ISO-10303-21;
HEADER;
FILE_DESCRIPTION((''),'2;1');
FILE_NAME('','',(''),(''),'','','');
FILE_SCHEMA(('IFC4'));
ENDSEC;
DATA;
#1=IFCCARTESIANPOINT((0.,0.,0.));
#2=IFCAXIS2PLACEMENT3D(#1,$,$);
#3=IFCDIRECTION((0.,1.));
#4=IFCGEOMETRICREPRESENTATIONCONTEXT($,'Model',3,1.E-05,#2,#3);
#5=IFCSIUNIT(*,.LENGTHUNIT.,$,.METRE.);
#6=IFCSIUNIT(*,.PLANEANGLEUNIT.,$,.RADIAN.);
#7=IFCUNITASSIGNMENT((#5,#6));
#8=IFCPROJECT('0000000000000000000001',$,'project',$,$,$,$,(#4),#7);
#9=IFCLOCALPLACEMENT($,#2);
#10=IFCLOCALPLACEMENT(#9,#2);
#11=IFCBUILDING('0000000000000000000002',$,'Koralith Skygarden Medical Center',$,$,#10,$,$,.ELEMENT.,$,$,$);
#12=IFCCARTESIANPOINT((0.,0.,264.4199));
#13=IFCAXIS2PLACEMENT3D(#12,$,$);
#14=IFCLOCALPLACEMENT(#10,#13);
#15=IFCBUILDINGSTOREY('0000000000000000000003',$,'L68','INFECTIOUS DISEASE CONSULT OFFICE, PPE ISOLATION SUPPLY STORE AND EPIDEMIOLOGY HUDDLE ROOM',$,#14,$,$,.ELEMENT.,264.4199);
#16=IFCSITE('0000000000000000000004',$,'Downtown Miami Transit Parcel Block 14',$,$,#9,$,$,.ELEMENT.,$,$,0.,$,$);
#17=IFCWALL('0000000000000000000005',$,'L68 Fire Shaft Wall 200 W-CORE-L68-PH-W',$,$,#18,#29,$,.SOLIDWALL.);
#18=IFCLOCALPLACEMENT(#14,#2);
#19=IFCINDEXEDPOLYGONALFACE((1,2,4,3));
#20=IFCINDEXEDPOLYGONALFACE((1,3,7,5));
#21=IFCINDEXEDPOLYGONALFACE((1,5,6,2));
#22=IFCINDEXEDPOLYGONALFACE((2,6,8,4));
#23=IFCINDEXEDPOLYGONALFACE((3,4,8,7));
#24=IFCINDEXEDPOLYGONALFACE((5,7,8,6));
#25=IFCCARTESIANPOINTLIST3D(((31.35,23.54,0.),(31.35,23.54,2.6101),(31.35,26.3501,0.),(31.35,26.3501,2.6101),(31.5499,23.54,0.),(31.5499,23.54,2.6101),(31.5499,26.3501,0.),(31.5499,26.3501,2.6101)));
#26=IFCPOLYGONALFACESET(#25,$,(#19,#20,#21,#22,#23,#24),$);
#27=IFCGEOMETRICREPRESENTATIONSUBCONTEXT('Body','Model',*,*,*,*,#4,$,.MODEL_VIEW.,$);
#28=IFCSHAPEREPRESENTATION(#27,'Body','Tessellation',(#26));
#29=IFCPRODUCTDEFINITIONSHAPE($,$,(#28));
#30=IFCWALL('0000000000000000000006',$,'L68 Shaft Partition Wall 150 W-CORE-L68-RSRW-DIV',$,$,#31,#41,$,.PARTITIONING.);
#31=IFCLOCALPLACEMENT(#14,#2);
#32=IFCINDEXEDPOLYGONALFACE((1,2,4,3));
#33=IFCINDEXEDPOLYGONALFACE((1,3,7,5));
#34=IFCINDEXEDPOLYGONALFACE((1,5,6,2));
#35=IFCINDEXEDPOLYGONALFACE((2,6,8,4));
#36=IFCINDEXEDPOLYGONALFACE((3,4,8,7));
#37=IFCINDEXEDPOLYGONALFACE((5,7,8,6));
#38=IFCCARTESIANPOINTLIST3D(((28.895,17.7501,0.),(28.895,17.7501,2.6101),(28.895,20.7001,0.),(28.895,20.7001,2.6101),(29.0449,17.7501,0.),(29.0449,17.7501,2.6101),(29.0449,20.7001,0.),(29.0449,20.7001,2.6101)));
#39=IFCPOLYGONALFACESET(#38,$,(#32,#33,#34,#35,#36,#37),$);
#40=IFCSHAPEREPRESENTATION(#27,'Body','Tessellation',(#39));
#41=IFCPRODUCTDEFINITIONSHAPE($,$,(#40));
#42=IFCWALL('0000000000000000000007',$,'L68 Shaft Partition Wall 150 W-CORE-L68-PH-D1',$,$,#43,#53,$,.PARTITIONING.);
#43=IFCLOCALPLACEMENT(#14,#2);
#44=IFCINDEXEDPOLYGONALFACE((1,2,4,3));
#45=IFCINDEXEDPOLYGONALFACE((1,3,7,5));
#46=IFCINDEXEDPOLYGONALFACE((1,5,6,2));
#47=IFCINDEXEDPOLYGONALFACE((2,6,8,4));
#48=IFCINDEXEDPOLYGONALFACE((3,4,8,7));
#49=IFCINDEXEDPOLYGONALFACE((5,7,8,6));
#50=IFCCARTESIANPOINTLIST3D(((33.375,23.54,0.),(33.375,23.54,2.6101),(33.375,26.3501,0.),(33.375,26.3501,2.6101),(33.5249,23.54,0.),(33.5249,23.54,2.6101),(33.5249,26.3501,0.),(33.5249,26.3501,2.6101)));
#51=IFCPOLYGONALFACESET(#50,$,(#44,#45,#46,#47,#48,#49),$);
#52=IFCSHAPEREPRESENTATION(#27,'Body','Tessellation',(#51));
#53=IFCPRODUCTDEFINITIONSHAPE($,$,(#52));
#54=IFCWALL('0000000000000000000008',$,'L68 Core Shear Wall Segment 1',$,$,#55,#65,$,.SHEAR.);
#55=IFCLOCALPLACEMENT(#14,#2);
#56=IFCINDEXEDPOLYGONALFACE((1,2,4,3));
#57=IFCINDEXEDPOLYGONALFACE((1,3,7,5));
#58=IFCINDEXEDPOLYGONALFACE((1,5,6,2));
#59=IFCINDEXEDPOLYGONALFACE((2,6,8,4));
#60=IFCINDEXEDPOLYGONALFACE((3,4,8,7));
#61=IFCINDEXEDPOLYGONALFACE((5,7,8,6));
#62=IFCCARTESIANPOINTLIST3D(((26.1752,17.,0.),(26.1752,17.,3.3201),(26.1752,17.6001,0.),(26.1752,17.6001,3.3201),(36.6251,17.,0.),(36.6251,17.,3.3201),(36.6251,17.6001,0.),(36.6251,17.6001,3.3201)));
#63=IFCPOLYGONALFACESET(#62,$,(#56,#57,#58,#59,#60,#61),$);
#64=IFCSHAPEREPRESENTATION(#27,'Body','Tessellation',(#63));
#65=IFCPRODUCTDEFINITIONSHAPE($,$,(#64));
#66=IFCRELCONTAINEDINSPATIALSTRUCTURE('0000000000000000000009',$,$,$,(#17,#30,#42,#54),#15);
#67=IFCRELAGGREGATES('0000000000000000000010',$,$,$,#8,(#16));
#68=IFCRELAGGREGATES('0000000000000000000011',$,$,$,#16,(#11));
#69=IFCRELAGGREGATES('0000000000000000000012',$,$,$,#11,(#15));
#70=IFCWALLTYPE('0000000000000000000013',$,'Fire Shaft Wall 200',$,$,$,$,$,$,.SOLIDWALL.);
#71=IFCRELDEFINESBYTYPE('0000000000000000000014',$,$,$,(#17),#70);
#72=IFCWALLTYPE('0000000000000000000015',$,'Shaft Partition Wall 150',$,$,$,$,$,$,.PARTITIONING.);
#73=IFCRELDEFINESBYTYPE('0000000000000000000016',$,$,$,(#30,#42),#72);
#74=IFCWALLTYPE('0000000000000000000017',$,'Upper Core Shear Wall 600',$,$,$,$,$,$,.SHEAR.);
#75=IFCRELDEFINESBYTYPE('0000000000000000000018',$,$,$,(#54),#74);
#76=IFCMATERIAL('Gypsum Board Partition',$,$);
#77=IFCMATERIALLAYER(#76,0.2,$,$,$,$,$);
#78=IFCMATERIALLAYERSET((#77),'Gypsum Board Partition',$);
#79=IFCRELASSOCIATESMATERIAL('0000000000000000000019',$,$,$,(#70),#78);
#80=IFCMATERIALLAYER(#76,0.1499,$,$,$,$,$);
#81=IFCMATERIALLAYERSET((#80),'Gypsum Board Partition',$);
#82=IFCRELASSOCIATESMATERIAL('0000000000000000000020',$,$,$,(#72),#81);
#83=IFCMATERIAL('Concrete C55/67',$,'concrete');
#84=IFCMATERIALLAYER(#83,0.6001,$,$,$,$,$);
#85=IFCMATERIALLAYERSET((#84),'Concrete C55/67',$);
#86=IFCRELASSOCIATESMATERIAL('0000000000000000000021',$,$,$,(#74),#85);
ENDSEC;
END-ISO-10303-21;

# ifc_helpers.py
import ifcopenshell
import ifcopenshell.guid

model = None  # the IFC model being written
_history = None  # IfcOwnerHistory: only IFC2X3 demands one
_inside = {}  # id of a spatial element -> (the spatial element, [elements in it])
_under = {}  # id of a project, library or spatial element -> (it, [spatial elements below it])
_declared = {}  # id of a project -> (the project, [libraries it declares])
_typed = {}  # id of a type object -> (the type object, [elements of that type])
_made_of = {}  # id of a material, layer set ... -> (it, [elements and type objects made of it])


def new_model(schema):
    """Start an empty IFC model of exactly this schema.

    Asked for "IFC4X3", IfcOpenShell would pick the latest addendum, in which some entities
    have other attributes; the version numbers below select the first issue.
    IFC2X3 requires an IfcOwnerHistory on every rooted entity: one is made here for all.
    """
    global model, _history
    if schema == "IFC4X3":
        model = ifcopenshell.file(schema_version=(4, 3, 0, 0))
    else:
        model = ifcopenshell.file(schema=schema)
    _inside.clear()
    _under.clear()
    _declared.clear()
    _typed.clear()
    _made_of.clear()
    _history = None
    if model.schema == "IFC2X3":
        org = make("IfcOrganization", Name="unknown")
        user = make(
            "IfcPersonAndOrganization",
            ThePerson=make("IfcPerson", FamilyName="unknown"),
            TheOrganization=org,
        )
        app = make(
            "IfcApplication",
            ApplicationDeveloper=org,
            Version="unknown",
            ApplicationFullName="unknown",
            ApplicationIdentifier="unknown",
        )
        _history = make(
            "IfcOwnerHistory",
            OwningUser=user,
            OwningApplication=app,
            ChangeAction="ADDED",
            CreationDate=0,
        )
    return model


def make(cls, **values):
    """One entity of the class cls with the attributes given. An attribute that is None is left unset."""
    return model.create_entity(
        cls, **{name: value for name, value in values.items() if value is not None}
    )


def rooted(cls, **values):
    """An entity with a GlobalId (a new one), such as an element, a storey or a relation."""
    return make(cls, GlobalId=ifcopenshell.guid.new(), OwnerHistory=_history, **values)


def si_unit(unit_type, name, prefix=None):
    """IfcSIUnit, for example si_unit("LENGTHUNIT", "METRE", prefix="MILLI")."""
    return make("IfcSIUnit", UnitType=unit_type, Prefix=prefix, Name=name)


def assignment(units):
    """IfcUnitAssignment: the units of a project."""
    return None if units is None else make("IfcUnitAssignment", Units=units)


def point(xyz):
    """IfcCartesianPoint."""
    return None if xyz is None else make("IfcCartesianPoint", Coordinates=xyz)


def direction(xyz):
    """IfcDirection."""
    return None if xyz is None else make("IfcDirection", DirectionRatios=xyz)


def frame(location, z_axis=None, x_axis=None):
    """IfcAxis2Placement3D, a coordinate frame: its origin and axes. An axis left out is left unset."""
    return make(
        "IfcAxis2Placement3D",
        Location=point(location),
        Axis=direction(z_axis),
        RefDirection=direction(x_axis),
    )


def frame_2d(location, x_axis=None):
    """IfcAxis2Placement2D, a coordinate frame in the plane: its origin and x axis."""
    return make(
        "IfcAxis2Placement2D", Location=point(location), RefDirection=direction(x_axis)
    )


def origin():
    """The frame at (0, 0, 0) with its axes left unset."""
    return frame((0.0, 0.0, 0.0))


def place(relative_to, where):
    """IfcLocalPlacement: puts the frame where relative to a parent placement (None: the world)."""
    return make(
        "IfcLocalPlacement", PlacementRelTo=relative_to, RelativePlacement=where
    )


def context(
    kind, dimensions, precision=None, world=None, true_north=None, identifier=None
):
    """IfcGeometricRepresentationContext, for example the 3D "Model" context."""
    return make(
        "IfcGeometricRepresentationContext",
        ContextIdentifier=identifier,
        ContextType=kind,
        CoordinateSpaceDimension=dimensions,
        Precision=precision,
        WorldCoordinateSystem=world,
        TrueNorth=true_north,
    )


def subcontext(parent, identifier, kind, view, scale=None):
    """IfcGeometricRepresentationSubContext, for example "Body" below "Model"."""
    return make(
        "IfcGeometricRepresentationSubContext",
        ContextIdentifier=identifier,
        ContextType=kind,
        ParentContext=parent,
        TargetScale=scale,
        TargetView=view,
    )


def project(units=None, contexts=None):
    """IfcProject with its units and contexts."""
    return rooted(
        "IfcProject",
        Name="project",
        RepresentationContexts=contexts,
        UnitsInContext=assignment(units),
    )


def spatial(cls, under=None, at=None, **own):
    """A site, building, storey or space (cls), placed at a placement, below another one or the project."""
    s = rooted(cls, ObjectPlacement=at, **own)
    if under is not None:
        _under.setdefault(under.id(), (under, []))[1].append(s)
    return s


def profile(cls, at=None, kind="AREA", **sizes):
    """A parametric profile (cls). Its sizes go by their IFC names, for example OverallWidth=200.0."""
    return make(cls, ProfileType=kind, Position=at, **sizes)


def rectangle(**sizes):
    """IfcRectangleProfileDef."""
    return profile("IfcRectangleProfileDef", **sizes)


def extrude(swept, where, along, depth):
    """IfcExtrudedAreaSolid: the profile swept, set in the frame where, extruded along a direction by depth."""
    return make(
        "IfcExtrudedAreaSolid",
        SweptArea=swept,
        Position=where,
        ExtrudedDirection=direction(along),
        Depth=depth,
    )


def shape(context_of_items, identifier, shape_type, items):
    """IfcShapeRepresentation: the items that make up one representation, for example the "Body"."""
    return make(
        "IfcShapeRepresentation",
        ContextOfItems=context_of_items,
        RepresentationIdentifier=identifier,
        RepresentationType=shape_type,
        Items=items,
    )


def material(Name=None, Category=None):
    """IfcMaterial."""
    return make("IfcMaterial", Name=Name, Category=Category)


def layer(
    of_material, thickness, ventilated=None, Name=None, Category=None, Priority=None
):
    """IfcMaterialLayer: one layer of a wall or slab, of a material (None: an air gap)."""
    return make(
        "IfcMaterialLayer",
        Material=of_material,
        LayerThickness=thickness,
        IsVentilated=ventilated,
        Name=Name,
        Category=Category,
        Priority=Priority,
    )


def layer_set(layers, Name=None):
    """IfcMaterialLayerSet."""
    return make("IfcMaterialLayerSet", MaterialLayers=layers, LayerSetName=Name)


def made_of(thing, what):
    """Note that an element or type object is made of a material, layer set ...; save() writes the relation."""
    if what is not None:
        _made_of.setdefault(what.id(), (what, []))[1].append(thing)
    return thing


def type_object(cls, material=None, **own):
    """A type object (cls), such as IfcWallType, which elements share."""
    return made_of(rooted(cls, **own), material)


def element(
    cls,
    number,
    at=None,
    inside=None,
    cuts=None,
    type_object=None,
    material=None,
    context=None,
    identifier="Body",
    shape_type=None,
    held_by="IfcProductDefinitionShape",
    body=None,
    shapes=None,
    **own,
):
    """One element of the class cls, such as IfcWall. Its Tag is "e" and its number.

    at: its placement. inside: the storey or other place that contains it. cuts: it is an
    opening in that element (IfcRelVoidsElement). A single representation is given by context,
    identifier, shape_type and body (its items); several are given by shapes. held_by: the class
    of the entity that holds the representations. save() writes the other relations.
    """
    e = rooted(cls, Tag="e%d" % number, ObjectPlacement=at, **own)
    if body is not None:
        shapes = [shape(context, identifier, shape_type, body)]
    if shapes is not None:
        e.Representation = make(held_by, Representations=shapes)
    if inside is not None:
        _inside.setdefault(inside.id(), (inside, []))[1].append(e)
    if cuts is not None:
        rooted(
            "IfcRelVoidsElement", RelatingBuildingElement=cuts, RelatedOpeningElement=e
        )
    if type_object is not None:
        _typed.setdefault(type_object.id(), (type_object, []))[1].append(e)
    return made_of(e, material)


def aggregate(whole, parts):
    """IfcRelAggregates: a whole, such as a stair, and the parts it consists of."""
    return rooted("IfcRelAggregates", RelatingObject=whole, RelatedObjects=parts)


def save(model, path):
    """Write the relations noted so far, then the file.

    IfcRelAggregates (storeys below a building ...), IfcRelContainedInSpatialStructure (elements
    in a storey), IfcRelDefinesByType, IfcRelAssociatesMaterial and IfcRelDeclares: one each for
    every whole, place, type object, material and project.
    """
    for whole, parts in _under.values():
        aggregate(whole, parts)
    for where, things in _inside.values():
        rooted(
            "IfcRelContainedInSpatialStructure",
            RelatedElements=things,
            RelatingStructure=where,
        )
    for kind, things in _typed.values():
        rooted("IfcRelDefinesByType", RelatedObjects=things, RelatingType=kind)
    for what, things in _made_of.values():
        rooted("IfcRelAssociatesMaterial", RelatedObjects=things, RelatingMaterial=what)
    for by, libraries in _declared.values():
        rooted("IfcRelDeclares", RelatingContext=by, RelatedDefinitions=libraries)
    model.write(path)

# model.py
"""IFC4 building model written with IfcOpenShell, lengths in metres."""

from ifc_helpers import new_model, si_unit, direction, frame, frame_2d, origin, place, context, subcontext, project, spatial, rectangle, extrude, material, layer, layer_set, type_object, element, save


model = new_model("IFC4")

# Units and contexts
model_context = context("Model", 3, precision=1e-05, world=origin(), true_north=direction((0.0, 1.0)))
body_context = subcontext(model_context, "Body", "Model", "MODEL_VIEW")
ifc_project = project(units=[si_unit("LENGTHUNIT", "METRE"), si_unit("PLANEANGLEUNIT", "RADIAN")], contexts=[model_context])

# Site, building, storey
site_placement = place(None, origin())
site = spatial("IfcSite", under=ifc_project, at=site_placement, Name="Downtown Miami Transit Parcel Block 14", CompositionType="ELEMENT", RefElevation=0.0)
building_placement = place(site_placement, origin())
building = spatial("IfcBuilding", under=site, at=building_placement, Name="Koralith Skygarden Medical Center", CompositionType="ELEMENT")
storey_placement = place(building_placement, frame((0.0, 0.0, 264.4199)))
storey = spatial("IfcBuildingStorey", under=building, at=storey_placement, Name="L68", Description="INFECTIOUS DISEASE CONSULT OFFICE, PPE ISOLATION SUPPLY STORE AND EPIDEMIOLOGY HUDDLE ROOM", CompositionType="ELEMENT", Elevation=264.4199)

# Shared definitions
ifc_material_1 = material(Name="Concrete C55/67", Category="concrete")

# Shared definitions
ifc_material_2 = material(Name="Gypsum Board Partition")

# Shared definitions
ifc_layer_1 = layer(ifc_material_2, 0.2)
ifc_layer_set_1 = layer_set([ifc_layer_1], Name="Gypsum Board Partition")
wall_type_1 = type_object("IfcWallType", Name="Fire Shaft Wall 200", PredefinedType="SOLIDWALL", material=ifc_layer_set_1)

# Walls
wall_1_placement = place(storey_placement, frame((31.45, 23.54, 0.0), z_axis=(0.0, 0.0, 1.0), x_axis=(0.0, 1.0, 0.0)))
element("IfcWall", 1, at=wall_1_placement, inside=storey, type_object=wall_type_1, Name="L68 Fire Shaft Wall 200 W-CORE-L68-PH-W", PredefinedType="SOLIDWALL", context=body_context, shape_type="SweptSolid", body=[
    extrude(rectangle(XDim=2.8101, YDim=0.2, at=frame_2d((1.405, 0.0))), origin(), (0.0, 0.0, 1.0), 2.6101),
])
ifc_layer_2 = layer(ifc_material_2, 0.1499)
ifc_layer_set_2 = layer_set([ifc_layer_2], Name="Gypsum Board Partition")
wall_type_2 = type_object("IfcWallType", Name="Shaft Partition Wall 150", PredefinedType="PARTITIONING", material=ifc_layer_set_2)
wall_2_placement = place(storey_placement, frame((28.97, 17.75, 0.0), z_axis=(0.0, 0.0, 1.0), x_axis=(0.0, 1.0, 0.0)))
element("IfcWall", 2, at=wall_2_placement, inside=storey, type_object=wall_type_2, Name="L68 Shaft Partition Wall 150 W-CORE-L68-RSRW-DIV", PredefinedType="PARTITIONING", context=body_context, shape_type="SweptSolid", body=[
    extrude(rectangle(XDim=2.95, YDim=0.1499, at=frame_2d((1.4751, 0.0))), origin(), (0.0, 0.0, 1.0), 2.6101),
])
wall_3_placement = place(storey_placement, frame((33.45, 23.54, 0.0), z_axis=(0.0, 0.0, 1.0), x_axis=(0.0, 1.0, 0.0)))
element("IfcWall", 3, at=wall_3_placement, inside=storey, type_object=wall_type_2, Name="L68 Shaft Partition Wall 150 W-CORE-L68-PH-D1", PredefinedType="PARTITIONING", context=body_context, shape_type="SweptSolid", body=[
    extrude(rectangle(XDim=2.8101, YDim=0.1499, at=frame_2d((1.405, 0.0))), origin(), (0.0, 0.0, 1.0), 2.6101),
])
ifc_layer_3 = layer(ifc_material_1, 0.6001)
ifc_layer_set_3 = layer_set([ifc_layer_3], Name="Concrete C55/67")
wall_type_3 = type_object("IfcWallType", Name="Upper Core Shear Wall 600", PredefinedType="SHEAR", material=ifc_layer_set_3)
wall_4_placement = place(storey_placement, frame((26.175, 17.3, 0.0), z_axis=(0.0, 0.0, 1.0), x_axis=(1.0, 0.0, 0.0)))
element("IfcWall", 4, at=wall_4_placement, inside=storey, type_object=wall_type_3, Name="L68 Core Shear Wall Segment 1", PredefinedType="SHEAR", context=body_context, shape_type="SweptSolid", body=[
    extrude(rectangle(XDim=10.45, YDim=0.6001, at=frame_2d((5.2251, 0.0))), origin(), (0.0, 0.0, 1.0), 3.3201),
])

save(model, "model.ifc")
